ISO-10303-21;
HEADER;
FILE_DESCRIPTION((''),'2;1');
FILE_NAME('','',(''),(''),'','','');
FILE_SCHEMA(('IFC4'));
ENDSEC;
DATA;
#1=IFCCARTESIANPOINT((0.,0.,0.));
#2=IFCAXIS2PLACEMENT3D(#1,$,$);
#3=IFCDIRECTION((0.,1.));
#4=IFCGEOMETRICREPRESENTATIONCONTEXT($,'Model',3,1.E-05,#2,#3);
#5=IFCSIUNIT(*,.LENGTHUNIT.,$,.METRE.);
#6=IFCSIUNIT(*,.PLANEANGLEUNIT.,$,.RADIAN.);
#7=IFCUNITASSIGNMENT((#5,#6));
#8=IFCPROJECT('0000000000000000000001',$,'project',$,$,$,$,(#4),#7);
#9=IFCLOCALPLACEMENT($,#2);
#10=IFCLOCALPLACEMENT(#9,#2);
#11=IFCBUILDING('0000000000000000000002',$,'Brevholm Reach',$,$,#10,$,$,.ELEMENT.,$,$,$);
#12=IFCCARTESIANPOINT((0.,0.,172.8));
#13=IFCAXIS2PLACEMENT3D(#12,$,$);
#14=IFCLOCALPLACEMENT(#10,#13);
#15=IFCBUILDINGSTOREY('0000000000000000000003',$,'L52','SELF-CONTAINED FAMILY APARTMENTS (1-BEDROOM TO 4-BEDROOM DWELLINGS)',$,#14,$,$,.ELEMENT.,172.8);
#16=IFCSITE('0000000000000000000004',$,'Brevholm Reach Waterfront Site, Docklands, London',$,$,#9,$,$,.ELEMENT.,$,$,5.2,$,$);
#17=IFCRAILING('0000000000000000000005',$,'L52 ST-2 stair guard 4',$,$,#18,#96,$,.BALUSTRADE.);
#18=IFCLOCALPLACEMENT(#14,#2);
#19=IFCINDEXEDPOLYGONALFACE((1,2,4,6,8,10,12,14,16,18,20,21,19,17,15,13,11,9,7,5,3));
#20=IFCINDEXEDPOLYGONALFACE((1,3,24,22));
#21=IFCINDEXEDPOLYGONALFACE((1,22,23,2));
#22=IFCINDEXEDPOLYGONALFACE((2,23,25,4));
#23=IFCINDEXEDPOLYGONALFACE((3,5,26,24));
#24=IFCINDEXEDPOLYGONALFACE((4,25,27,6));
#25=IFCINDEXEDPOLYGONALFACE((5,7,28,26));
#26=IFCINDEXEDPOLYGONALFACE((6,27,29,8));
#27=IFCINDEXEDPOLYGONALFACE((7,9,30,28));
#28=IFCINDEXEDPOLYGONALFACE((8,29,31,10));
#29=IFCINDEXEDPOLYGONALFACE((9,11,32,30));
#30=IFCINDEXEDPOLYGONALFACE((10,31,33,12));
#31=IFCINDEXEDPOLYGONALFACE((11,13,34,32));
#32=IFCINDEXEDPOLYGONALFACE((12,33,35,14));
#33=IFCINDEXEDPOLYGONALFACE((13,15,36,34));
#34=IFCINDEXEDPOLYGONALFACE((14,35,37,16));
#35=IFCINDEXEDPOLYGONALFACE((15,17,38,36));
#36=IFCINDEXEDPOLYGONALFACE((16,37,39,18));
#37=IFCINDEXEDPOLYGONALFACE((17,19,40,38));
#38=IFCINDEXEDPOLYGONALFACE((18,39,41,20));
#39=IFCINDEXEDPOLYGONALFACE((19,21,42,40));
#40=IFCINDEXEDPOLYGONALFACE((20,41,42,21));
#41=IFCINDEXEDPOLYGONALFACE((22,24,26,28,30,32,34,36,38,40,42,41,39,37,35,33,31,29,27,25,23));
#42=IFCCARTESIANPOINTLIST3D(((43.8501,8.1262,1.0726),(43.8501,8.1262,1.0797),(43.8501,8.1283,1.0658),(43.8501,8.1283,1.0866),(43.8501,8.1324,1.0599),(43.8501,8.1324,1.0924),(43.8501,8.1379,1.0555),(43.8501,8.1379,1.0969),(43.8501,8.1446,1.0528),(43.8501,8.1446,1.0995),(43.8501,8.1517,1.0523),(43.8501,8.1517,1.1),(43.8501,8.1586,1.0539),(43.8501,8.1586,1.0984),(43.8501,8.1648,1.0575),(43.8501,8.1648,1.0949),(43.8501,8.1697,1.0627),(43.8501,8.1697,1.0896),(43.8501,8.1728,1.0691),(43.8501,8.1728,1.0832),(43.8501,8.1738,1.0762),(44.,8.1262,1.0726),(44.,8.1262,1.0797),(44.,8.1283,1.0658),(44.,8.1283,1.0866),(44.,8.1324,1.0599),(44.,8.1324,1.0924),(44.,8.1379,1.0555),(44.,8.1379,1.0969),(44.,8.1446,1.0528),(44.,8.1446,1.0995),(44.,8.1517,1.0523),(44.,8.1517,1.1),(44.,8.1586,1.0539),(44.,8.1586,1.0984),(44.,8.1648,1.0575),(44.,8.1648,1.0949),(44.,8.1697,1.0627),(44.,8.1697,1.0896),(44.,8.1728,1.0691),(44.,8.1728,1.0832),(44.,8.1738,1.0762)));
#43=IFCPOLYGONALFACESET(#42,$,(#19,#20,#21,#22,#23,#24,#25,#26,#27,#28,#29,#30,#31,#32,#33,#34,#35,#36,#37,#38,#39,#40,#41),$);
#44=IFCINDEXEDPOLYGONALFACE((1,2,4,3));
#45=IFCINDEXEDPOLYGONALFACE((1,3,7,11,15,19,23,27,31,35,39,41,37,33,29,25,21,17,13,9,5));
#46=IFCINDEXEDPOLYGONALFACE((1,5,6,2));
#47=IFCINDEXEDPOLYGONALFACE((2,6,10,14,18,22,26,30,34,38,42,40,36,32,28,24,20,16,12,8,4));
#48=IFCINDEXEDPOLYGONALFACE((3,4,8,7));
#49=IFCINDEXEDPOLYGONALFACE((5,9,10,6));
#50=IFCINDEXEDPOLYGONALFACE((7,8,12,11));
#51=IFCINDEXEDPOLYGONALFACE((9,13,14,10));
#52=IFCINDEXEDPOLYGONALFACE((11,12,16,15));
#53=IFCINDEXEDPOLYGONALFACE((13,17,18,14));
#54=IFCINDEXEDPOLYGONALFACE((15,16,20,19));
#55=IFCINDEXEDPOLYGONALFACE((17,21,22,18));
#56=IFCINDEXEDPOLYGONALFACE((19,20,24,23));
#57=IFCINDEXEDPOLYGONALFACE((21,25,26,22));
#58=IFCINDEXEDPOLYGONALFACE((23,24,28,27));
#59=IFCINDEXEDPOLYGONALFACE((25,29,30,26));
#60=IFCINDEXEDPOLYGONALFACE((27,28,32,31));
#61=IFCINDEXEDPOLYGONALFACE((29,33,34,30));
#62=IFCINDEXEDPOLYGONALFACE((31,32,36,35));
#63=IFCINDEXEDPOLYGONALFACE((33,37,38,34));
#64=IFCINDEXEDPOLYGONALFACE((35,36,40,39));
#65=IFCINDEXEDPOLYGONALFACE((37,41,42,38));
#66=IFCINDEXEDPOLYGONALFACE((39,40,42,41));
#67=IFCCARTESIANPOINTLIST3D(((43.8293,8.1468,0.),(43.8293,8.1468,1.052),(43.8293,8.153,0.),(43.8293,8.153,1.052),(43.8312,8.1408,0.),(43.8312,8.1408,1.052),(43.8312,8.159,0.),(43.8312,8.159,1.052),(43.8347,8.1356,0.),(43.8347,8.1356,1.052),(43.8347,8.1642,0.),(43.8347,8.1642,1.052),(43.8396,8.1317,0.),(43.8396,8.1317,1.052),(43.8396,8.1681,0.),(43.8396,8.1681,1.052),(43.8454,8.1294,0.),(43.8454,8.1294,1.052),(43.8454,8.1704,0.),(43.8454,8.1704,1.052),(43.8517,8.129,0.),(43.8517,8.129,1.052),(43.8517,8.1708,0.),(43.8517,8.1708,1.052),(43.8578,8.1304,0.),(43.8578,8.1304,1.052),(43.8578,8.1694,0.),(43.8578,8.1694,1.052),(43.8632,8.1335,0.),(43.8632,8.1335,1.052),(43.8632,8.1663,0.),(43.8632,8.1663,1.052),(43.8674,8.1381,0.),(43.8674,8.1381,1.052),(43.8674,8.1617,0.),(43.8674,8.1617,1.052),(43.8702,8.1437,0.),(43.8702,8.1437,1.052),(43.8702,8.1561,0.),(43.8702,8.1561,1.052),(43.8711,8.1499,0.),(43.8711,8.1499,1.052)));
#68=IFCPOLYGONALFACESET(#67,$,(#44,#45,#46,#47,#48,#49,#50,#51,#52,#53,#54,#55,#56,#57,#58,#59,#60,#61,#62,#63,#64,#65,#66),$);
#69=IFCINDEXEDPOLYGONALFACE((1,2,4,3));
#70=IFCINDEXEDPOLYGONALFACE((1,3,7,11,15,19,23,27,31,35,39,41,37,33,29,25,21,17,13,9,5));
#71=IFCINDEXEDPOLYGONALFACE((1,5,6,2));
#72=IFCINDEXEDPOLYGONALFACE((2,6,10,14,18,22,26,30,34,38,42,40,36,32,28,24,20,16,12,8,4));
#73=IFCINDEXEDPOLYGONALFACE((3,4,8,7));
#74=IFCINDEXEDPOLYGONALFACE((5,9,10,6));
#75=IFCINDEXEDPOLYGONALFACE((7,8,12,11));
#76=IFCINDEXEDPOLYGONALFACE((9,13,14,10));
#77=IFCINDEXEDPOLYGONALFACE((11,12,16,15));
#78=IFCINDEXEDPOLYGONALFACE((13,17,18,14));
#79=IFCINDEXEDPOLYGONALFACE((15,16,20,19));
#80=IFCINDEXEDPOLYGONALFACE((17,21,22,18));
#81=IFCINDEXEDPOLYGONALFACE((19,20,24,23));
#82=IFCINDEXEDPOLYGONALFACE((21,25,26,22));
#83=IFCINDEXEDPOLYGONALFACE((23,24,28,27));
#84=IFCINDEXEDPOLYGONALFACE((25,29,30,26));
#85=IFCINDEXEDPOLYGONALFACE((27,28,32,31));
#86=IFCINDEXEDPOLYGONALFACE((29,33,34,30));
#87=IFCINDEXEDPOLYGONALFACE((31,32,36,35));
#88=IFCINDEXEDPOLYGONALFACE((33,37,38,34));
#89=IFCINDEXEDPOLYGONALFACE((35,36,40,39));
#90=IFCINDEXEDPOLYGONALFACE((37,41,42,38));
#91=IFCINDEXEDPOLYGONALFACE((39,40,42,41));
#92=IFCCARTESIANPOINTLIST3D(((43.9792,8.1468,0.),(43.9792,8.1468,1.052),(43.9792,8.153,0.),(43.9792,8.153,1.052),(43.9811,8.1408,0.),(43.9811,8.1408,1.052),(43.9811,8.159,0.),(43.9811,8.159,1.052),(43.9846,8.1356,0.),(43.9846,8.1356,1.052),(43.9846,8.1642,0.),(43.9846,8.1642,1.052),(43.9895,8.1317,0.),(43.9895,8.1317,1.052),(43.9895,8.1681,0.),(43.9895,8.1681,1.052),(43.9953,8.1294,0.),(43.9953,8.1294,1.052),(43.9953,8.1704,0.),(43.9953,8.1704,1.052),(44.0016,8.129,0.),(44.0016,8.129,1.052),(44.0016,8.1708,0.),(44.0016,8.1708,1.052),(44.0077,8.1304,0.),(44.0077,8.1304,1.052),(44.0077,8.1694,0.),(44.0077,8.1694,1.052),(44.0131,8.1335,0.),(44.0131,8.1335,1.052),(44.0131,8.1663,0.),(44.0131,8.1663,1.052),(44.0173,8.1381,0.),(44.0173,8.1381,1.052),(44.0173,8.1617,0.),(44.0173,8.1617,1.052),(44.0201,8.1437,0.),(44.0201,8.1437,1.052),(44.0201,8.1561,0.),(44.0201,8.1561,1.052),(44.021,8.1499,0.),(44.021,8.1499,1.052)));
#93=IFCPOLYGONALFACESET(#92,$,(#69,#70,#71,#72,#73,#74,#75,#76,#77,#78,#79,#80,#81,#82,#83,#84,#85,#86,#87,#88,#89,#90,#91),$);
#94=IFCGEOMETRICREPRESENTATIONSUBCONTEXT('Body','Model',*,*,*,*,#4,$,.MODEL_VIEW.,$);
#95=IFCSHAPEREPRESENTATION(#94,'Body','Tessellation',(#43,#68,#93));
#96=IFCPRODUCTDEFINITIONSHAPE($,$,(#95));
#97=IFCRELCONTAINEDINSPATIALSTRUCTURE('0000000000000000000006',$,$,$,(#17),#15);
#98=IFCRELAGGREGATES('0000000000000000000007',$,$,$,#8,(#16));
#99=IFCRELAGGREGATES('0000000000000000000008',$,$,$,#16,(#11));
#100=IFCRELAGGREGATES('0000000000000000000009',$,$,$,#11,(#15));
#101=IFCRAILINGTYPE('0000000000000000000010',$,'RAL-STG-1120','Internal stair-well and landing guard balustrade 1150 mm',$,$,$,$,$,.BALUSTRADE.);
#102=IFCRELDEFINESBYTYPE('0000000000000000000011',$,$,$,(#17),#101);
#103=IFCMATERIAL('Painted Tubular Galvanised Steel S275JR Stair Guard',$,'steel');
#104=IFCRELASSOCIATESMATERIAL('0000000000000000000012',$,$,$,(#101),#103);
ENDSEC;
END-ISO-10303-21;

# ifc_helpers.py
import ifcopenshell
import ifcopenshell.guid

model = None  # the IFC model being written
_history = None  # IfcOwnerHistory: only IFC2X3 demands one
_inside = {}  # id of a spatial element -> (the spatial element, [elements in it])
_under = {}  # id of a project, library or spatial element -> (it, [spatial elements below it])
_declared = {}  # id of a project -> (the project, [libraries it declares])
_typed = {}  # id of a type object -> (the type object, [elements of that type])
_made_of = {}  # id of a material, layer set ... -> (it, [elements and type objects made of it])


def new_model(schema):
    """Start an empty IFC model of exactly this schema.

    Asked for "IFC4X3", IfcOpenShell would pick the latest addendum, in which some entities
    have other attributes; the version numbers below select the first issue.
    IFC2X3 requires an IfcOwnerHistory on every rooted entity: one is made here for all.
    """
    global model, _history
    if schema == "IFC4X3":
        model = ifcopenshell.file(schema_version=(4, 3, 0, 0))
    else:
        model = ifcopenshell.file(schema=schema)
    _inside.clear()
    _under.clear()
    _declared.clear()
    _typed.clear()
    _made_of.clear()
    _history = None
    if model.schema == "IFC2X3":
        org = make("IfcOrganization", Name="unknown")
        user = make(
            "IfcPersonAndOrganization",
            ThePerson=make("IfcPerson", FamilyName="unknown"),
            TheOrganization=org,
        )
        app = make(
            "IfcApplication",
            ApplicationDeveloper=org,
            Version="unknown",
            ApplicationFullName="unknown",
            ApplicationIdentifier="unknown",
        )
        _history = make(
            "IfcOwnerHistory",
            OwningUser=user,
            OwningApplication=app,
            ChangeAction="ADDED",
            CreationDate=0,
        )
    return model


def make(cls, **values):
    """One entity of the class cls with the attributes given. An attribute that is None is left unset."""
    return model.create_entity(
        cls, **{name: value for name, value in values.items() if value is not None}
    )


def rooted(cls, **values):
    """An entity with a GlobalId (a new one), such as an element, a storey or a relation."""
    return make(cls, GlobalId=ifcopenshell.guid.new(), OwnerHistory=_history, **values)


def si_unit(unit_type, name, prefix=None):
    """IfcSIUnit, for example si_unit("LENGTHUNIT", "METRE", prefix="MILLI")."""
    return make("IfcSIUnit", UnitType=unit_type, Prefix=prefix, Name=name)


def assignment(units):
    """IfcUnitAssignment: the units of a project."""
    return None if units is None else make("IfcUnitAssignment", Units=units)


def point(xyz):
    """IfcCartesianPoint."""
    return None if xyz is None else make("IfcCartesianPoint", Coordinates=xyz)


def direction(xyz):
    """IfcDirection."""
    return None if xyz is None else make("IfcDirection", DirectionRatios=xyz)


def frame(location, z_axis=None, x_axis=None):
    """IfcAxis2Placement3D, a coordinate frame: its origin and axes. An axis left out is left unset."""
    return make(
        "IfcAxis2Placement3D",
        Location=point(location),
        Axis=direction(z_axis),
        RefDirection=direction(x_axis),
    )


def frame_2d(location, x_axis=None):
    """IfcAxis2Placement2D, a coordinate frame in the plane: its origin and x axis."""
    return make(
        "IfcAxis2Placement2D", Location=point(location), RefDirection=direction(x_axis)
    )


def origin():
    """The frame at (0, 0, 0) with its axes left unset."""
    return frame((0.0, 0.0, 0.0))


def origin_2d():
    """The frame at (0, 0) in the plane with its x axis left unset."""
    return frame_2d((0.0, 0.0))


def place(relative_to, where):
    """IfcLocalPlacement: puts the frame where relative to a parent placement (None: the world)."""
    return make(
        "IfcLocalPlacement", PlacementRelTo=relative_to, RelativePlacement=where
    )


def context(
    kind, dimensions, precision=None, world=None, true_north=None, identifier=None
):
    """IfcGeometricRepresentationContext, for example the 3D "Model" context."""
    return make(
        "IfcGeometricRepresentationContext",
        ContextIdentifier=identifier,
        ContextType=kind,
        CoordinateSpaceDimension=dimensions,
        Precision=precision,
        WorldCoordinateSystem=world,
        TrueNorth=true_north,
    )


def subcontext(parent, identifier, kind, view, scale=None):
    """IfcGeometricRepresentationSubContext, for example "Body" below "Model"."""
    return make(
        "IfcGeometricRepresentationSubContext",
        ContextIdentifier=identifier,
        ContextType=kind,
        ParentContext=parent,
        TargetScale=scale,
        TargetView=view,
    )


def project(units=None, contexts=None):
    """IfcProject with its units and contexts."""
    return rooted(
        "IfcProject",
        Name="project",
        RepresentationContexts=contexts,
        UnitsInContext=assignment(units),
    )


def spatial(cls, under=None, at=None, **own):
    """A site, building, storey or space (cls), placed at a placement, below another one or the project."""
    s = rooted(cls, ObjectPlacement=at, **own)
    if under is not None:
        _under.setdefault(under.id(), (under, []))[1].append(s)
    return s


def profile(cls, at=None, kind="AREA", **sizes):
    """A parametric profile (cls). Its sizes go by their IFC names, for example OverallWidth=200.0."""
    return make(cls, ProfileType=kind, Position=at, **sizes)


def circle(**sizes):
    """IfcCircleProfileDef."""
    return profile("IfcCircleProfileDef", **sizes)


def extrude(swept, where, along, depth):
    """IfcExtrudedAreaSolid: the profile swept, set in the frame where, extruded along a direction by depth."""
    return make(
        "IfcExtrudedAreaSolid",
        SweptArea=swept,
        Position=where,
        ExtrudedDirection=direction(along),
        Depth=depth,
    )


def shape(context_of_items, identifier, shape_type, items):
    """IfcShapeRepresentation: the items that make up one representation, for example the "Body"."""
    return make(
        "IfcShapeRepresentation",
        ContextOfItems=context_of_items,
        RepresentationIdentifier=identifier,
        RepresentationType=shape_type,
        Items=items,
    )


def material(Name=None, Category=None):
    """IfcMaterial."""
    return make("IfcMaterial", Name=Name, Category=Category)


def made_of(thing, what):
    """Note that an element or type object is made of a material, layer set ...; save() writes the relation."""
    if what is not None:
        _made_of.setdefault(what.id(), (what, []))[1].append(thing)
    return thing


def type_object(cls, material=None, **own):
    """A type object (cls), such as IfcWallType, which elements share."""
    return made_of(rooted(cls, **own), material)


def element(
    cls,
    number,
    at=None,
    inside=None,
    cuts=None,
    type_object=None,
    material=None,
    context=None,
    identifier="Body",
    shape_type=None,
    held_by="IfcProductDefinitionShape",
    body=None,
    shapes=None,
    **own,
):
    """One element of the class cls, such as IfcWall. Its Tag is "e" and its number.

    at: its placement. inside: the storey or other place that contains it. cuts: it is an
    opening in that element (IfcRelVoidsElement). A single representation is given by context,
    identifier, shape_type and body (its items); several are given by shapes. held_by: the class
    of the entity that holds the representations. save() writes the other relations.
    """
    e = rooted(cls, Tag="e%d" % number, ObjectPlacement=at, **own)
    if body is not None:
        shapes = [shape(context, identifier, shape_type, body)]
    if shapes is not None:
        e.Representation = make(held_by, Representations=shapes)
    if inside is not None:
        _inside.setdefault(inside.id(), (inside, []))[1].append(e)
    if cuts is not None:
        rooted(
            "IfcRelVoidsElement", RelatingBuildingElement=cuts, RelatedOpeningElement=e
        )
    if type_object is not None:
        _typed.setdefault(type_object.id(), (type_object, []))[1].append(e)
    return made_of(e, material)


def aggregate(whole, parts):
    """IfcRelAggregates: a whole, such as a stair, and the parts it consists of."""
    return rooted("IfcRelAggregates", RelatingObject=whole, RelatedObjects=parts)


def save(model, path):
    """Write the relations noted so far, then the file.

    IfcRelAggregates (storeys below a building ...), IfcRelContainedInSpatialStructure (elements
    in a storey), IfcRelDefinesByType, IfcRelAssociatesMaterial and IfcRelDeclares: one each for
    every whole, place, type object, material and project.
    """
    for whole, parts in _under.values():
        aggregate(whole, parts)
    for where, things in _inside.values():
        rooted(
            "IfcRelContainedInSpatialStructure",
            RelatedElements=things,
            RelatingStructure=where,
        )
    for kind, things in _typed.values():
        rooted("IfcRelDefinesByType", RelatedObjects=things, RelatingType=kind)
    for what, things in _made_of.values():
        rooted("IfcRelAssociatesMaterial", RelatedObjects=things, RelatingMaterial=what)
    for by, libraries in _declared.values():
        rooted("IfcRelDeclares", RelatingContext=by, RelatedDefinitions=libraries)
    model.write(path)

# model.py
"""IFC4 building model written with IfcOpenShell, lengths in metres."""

from ifc_helpers import new_model, si_unit, direction, frame, origin, origin_2d, place, context, subcontext, project, spatial, circle, extrude, material, type_object, element, save


model = new_model("IFC4")

# Units and contexts
model_context = context("Model", 3, precision=1e-05, world=origin(), true_north=direction((0.0, 1.0)))
body_context = subcontext(model_context, "Body", "Model", "MODEL_VIEW")
ifc_project = project(units=[si_unit("LENGTHUNIT", "METRE"), si_unit("PLANEANGLEUNIT", "RADIAN")], contexts=[model_context])

# Site, building, storey
site_placement = place(None, origin())
site = spatial("IfcSite", under=ifc_project, at=site_placement, Name="Brevholm Reach Waterfront Site, Docklands, London", CompositionType="ELEMENT", RefElevation=5.2)
building_placement = place(site_placement, origin())
building = spatial("IfcBuilding", under=site, at=building_placement, Name="Brevholm Reach", CompositionType="ELEMENT")
storey_placement = place(building_placement, frame((0.0, 0.0, 172.8)))
storey = spatial("IfcBuildingStorey", under=building, at=storey_placement, Name="L52", Description="SELF-CONTAINED FAMILY APARTMENTS (1-BEDROOM TO 4-BEDROOM DWELLINGS)", CompositionType="ELEMENT", Elevation=172.8)

# Railing
ifc_material_1 = material(Name="Painted Tubular Galvanised Steel S275JR Stair Guard", Category="steel")
railing_type_1 = type_object("IfcRailingType", Name="RAL-STG-1120", Description="Internal stair-well and landing guard balustrade 1150 mm", PredefinedType="BALUSTRADE", material=ifc_material_1)
railing_1_placement = place(storey_placement, frame((43.8501, 8.1499, 0.0)))
element("IfcRailing", 1, at=railing_1_placement, inside=storey, type_object=railing_type_1, Name="L52 ST-2 stair guard 4", PredefinedType="BALUSTRADE", context=body_context, shape_type="SweptSolid", body=[
    extrude(circle(Radius=0.0239, at=origin_2d()), frame((0.0, 0.0, 1.0762), z_axis=(1.0, 0.0, 0.0), x_axis=(0.0, 1.0, 0.0)), (0.0, 0.0, 1.0), 0.1499),
    extrude(circle(Radius=0.021, at=origin_2d()), origin(), (0.0, 0.0, 1.0), 1.052),
    extrude(circle(Radius=0.021, at=origin_2d()), frame((0.1499, 0.0, 0.0)), (0.0, 0.0, 1.0), 1.052),
])

save(model, "model.ifc")
